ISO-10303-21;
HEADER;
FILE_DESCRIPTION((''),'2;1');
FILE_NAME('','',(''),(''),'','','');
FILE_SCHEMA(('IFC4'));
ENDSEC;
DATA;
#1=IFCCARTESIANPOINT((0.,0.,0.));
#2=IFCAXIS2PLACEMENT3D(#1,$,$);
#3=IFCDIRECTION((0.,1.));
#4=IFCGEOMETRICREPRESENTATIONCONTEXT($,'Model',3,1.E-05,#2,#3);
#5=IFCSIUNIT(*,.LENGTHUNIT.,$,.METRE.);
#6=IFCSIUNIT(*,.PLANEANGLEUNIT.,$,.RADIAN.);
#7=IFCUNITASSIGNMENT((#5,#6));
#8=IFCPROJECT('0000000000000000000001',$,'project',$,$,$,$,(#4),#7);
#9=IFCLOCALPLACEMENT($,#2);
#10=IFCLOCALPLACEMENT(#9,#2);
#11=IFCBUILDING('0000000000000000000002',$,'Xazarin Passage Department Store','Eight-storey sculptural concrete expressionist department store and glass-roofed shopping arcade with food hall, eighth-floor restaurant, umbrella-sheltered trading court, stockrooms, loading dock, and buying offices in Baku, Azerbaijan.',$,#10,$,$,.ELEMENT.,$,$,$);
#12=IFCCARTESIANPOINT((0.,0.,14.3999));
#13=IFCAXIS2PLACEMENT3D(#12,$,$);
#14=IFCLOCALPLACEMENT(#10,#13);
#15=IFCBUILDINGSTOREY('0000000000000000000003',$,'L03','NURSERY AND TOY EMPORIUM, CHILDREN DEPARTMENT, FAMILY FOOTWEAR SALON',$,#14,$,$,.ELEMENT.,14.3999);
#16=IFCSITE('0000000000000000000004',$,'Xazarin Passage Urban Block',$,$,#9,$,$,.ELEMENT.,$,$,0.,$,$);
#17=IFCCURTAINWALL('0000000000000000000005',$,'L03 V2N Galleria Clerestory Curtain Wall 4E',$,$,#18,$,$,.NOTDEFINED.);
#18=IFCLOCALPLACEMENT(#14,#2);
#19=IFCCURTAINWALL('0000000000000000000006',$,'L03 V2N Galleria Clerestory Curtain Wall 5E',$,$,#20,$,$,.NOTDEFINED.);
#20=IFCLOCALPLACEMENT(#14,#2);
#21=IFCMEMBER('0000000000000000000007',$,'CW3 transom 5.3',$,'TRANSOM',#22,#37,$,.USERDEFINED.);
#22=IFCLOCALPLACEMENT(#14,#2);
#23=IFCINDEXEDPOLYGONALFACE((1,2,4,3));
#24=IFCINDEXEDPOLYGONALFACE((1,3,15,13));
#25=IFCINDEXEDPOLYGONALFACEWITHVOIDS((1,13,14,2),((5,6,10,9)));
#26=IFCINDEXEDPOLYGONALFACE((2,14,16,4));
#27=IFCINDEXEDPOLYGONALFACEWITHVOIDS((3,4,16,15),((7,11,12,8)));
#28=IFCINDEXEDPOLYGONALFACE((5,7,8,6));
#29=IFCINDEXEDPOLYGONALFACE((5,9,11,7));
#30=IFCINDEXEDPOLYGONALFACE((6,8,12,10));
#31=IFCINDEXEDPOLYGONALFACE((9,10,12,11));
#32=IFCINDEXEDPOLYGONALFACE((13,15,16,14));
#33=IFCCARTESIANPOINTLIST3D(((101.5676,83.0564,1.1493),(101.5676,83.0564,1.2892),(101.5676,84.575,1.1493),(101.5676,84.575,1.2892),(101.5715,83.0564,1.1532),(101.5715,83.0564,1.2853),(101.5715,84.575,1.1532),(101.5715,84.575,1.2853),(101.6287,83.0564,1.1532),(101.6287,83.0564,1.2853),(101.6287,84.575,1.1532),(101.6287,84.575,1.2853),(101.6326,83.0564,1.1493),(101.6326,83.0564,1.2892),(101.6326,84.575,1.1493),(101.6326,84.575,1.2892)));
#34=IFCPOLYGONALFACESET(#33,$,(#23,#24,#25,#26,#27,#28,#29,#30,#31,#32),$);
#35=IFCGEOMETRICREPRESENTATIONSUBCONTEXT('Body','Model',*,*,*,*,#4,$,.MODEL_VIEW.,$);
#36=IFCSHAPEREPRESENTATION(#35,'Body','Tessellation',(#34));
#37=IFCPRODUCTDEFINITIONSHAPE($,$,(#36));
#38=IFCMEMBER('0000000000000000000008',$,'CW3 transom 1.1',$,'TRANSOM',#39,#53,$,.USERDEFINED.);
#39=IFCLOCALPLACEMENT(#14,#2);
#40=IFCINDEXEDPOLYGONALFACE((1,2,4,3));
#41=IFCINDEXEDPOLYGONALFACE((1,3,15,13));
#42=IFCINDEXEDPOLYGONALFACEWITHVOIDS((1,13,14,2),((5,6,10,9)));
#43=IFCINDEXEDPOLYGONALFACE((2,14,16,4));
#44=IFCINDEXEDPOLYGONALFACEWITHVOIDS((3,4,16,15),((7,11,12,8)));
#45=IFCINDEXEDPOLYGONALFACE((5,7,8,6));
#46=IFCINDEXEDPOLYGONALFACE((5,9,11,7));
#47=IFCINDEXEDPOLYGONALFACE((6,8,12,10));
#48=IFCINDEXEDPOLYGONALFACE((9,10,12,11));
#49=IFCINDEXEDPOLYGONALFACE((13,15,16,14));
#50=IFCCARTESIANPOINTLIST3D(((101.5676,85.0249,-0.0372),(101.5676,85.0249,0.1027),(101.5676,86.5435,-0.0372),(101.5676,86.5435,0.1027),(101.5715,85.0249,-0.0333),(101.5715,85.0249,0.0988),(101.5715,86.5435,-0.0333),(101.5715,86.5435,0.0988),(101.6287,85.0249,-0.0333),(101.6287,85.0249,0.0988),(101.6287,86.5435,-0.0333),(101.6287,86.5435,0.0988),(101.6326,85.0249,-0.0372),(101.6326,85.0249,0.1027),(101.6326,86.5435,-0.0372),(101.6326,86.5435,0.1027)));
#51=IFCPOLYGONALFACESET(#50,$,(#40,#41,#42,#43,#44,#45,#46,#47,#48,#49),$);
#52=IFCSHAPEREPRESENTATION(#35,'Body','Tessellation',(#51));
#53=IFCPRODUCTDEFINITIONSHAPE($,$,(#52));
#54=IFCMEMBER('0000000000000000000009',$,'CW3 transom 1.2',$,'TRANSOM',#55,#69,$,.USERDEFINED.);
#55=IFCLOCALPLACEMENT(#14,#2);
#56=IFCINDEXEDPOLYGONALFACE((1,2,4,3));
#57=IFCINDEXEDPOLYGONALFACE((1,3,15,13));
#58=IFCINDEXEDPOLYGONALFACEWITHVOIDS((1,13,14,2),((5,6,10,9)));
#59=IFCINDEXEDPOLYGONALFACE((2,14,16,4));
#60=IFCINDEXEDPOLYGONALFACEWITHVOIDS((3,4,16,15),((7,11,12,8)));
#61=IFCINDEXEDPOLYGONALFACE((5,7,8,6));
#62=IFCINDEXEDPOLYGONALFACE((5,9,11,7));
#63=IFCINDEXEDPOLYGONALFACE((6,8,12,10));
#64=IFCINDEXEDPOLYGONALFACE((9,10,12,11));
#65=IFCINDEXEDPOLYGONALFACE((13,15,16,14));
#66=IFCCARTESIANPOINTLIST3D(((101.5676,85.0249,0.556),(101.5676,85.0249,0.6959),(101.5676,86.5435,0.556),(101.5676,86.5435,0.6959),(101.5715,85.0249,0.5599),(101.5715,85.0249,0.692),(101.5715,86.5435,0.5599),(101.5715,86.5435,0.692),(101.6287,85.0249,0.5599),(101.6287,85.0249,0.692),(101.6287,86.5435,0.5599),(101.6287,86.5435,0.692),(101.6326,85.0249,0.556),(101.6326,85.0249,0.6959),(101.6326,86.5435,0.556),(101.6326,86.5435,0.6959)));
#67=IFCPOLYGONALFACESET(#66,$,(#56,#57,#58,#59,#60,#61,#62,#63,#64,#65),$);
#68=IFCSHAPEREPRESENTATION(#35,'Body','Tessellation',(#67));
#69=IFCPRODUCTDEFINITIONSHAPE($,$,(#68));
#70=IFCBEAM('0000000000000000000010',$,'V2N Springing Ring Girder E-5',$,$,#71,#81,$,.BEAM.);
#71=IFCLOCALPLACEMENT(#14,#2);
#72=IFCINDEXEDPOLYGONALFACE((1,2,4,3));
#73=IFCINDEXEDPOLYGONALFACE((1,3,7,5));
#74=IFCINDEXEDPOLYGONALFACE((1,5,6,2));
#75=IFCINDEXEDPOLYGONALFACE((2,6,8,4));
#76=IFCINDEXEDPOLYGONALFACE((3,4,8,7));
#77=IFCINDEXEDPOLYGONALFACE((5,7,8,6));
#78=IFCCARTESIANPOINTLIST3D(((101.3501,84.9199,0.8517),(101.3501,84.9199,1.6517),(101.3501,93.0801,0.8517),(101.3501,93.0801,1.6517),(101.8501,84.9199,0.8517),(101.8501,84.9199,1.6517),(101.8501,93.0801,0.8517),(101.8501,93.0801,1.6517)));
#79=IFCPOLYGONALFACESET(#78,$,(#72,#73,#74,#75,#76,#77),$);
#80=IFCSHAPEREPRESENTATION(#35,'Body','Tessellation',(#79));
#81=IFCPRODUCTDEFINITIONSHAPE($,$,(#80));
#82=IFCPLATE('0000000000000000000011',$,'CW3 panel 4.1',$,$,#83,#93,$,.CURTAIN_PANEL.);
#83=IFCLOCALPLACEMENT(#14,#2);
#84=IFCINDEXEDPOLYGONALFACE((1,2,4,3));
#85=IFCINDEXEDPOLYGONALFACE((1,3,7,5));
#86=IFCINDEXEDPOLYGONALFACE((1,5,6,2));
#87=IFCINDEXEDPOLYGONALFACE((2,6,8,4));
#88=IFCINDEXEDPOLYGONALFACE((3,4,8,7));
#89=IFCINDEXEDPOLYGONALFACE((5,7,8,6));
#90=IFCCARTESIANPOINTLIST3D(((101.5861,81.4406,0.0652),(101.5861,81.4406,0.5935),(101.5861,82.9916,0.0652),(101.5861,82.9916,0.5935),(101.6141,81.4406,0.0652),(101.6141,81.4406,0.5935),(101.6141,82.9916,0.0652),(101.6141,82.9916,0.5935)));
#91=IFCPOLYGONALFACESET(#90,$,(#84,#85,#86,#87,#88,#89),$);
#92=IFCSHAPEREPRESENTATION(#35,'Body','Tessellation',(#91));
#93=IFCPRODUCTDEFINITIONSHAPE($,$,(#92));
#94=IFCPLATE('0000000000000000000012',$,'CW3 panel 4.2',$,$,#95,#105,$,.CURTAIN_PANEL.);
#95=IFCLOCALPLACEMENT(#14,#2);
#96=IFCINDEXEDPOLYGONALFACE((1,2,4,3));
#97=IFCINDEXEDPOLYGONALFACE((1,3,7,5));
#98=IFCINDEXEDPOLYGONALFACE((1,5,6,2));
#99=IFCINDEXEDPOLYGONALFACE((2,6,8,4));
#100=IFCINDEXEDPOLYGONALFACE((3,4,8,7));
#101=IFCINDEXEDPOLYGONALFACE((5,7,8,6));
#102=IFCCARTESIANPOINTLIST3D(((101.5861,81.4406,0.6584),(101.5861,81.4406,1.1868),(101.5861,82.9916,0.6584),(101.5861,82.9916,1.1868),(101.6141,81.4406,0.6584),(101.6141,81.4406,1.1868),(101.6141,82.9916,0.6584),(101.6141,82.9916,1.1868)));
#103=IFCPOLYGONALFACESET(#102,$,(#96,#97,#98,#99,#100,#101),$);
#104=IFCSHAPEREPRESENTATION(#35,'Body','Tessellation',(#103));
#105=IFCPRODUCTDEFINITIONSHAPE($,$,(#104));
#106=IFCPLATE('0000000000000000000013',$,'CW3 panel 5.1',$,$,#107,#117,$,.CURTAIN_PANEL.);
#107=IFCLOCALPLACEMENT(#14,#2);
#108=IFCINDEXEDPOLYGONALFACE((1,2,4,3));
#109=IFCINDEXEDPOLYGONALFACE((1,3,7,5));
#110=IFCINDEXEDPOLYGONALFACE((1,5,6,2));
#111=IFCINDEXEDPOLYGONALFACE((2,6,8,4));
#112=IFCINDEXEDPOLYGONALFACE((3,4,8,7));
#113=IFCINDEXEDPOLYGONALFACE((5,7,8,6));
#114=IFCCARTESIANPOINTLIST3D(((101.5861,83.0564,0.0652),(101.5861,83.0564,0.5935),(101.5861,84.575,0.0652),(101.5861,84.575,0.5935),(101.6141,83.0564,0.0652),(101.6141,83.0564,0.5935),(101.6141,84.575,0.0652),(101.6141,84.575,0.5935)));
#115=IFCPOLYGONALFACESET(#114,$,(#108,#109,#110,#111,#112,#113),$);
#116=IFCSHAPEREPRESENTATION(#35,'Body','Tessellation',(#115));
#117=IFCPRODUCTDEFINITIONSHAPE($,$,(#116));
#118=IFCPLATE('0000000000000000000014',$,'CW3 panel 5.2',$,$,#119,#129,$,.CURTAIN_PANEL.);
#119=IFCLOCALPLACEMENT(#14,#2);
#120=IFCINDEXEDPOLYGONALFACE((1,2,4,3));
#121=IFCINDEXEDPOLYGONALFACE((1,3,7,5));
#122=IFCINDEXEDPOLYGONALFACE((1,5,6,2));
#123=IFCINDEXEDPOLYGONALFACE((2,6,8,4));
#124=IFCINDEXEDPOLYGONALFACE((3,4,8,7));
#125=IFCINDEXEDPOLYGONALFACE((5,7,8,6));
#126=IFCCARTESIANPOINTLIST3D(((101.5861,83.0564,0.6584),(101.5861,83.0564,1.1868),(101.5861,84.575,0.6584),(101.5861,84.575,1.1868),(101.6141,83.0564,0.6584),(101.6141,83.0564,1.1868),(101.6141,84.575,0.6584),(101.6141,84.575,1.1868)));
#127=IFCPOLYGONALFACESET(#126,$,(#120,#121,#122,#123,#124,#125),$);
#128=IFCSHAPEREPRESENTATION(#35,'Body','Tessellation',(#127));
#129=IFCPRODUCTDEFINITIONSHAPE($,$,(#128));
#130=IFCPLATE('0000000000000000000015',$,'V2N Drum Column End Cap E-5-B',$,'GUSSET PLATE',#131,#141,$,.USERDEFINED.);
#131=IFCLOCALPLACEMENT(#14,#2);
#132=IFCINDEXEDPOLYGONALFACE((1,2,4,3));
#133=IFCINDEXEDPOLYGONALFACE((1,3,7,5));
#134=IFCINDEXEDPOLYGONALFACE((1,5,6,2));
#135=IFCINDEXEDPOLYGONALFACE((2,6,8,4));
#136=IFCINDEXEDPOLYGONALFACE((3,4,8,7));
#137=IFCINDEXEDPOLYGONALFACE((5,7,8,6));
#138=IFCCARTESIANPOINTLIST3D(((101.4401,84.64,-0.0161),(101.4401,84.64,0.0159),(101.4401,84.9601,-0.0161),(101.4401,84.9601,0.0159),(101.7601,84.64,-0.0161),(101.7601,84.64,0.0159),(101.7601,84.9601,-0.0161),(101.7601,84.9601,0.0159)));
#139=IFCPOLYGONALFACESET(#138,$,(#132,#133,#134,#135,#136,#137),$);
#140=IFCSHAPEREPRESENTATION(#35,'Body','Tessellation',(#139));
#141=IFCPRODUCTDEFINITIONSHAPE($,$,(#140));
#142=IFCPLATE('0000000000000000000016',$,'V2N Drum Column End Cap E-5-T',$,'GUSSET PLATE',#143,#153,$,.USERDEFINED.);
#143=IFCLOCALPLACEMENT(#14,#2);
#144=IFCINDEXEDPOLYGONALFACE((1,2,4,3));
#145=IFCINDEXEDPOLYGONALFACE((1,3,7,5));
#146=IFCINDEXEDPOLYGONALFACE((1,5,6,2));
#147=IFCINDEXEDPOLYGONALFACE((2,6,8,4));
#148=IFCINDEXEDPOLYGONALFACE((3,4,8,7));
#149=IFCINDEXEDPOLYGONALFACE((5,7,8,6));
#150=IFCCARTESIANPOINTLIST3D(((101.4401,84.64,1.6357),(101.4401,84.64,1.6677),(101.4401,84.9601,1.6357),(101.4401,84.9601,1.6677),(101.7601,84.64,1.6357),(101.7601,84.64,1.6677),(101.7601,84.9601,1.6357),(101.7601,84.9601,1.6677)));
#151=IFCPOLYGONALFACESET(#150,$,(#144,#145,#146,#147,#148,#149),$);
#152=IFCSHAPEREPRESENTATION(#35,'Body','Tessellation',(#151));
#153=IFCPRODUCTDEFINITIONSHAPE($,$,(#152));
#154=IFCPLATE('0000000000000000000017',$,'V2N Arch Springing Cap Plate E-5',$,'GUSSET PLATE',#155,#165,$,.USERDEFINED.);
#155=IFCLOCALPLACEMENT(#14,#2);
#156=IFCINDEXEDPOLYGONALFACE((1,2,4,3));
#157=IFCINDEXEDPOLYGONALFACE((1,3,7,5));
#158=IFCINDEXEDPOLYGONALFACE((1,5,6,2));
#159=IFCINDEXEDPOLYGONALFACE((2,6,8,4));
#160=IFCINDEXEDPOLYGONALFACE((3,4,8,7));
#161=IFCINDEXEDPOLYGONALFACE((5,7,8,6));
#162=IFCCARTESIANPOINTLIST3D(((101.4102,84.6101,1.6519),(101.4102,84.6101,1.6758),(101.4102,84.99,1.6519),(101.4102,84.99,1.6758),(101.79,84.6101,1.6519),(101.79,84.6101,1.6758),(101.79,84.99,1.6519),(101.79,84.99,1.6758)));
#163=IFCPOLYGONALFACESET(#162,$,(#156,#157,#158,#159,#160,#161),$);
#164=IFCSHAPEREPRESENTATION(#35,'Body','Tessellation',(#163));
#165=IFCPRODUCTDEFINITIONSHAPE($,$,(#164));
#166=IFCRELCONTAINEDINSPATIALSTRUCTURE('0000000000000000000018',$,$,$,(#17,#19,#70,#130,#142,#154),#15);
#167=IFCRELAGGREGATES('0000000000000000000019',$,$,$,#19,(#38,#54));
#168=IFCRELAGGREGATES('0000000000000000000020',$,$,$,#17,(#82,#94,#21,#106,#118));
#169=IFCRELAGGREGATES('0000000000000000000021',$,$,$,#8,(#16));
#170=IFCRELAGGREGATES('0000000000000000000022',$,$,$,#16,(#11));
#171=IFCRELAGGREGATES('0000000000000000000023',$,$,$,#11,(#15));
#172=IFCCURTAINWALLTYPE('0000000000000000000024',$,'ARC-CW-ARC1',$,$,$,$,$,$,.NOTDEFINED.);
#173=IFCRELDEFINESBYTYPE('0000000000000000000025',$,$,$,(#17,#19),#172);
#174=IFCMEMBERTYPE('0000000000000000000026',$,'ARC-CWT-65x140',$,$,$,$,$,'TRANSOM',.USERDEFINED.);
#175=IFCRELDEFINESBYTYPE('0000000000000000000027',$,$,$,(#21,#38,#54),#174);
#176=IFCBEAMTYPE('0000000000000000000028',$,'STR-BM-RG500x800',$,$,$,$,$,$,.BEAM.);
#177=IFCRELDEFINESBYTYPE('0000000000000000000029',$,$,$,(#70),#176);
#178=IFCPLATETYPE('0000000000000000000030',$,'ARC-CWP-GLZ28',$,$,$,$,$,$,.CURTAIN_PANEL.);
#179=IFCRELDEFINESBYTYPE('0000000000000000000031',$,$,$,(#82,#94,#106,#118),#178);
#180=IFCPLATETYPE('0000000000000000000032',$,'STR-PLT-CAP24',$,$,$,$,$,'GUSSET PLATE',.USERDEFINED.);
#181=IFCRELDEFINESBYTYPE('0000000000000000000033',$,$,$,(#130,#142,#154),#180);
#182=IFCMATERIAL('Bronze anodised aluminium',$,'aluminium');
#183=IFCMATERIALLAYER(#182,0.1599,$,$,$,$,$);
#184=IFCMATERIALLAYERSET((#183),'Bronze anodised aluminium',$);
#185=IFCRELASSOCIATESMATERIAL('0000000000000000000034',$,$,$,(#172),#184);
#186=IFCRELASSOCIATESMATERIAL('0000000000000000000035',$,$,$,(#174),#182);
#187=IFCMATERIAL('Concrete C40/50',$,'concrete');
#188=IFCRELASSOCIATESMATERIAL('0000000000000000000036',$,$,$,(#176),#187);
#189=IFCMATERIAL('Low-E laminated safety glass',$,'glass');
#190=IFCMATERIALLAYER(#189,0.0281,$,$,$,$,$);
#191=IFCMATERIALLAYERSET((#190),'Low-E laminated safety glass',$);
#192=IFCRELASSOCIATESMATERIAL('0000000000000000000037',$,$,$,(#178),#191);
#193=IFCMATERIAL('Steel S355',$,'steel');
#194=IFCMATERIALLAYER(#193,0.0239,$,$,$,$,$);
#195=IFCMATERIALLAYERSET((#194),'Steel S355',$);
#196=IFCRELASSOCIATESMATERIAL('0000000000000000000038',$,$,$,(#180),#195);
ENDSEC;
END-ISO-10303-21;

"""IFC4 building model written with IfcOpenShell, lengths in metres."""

from ifc_helpers import new_model, si_unit, direction, frame, origin, origin_2d, place, context, subcontext, project, spatial, rectangle, hollow_rectangle, extrude, material, layer, layer_set, material_profile, profile_set, type_object, element, aggregate, save


model = new_model("IFC4")

# Units and contexts
model_context = context("Model", 3, precision=1e-05, world=origin(), true_north=direction((0.0, 1.0)))
body_context = subcontext(model_context, "Body", "Model", "MODEL_VIEW")
ifc_project = project(units=[si_unit("LENGTHUNIT", "METRE"), si_unit("PLANEANGLEUNIT", "RADIAN")], contexts=[model_context])

# Site, building, storey
site_placement = place(None, origin())
site = spatial("IfcSite", under=ifc_project, at=site_placement, Name="Xazarin Passage Urban Block", CompositionType="ELEMENT", RefElevation=0.0)
building_placement = place(site_placement, origin())
building = spatial("IfcBuilding", under=site, at=building_placement, Name="Xazarin Passage Department Store", Description="Eight-storey sculptural concrete expressionist department store and glass-roofed shopping arcade with food hall, eighth-floor restaurant, umbrella-sheltered trading court, stockrooms, loading dock, and buying offices in Baku, Azerbaijan.", CompositionType="ELEMENT")
storey_placement = place(building_placement, frame((0.0, 0.0, 14.3999)))
storey = spatial("IfcBuildingStorey", under=building, at=storey_placement, Name="L03", Description="NURSERY AND TOY EMPORIUM, CHILDREN DEPARTMENT, FAMILY FOOTWEAR SALON", CompositionType="ELEMENT", Elevation=14.3999)

# Shared definitions
ifc_material_1 = material(Name="Steel S355", Category="steel")

# Curtain wall
ifc_material_2 = material(Name="Bronze anodised aluminium", Category="aluminium")
ifc_layer_1 = layer(ifc_material_2, 0.1599)
ifc_layer_set_1 = layer_set([ifc_layer_1], Name="Bronze anodised aluminium")
curtain_wall_type = type_object("IfcCurtainWallType", Name="ARC-CW-ARC1", PredefinedType="NOTDEFINED", material=ifc_layer_set_1)
curtain_wall_1_placement = place(storey_placement, origin())
curtain_wall_1 = element("IfcCurtainWall", 1, at=curtain_wall_1_placement, inside=storey, type_object=curtain_wall_type, Name="L03 V2N Galleria Clerestory Curtain Wall 4E", PredefinedType="NOTDEFINED")

# Curtain wall
curtain_wall_2_placement = place(storey_placement, origin())
curtain_wall_2 = element("IfcCurtainWall", 2, at=curtain_wall_2_placement, inside=storey, type_object=curtain_wall_type, Name="L03 V2N Galleria Clerestory Curtain Wall 5E", PredefinedType="NOTDEFINED")

# Members
ifc_material_profile_1 = material_profile(ifc_material_2, hollow_rectangle(XDim=0.0649, YDim=0.1399, WallThickness=0.0039, at=origin_2d()), Name="ALU 65x140")
ifc_profile_set_1 = profile_set([ifc_material_profile_1], Name="Bronze anodised aluminium")
member_type_1 = type_object("IfcMemberType", Name="ARC-CWT-65x140", ElementType="TRANSOM", PredefinedType="USERDEFINED", material=ifc_profile_set_1)
member_1_placement = place(storey_placement, frame((101.6001, 83.0564, 1.2192), z_axis=(0.0, 1.0, 0.0), x_axis=(-1.0, 0.0, 0.0)))
member_1 = element("IfcMember", 3, at=member_1_placement, type_object=member_type_1, Name="CW3 transom 5.3", ObjectType="TRANSOM", PredefinedType="USERDEFINED", context=body_context, shape_type="SweptSolid", body=[
    extrude(hollow_rectangle(XDim=0.0649, YDim=0.1399, WallThickness=0.0039, at=origin_2d()), origin(), (0.0, 0.0, 1.0), 1.5186),
])
member_2_placement = place(storey_placement, frame((101.6001, 85.0249, 0.0327), z_axis=(0.0, 1.0, 0.0), x_axis=(-1.0, 0.0, 0.0)))
member_2 = element("IfcMember", 4, at=member_2_placement, type_object=member_type_1, Name="CW3 transom 1.1", ObjectType="TRANSOM", PredefinedType="USERDEFINED", context=body_context, shape_type="SweptSolid", body=[
    extrude(hollow_rectangle(XDim=0.0649, YDim=0.1399, WallThickness=0.0039, at=origin_2d()), origin(), (0.0, 0.0, 1.0), 1.5186),
])
member_3_placement = place(storey_placement, frame((101.6001, 85.0249, 0.626), z_axis=(0.0, 1.0, 0.0), x_axis=(-1.0, 0.0, 0.0)))
member_3 = element("IfcMember", 5, at=member_3_placement, type_object=member_type_1, Name="CW3 transom 1.2", ObjectType="TRANSOM", PredefinedType="USERDEFINED", context=body_context, shape_type="SweptSolid", body=[
    extrude(hollow_rectangle(XDim=0.0649, YDim=0.1399, WallThickness=0.0039, at=origin_2d()), origin(), (0.0, 0.0, 1.0), 1.5186),
])
aggregate(curtain_wall_2, [member_2, member_3])

# Beam
ifc_material_3 = material(Name="Concrete C40/50", Category="concrete")
ifc_material_profile_2 = material_profile(ifc_material_3, rectangle(XDim=0.5, YDim=0.8, at=origin_2d()), Name="RC 500x800")
ifc_profile_set_2 = profile_set([ifc_material_profile_2], Name="Concrete C40/50")
beam_type = type_object("IfcBeamType", Name="STR-BM-RG500x800", PredefinedType="BEAM", material=ifc_profile_set_2)
beam_placement = place(storey_placement, frame((101.6001, 84.9199, 1.2517), z_axis=(0.0, 1.0, 0.0), x_axis=(-1.0, 0.0, 0.0)))
element("IfcBeam", 6, at=beam_placement, inside=storey, type_object=beam_type, Name="V2N Springing Ring Girder E-5", PredefinedType="BEAM", context=body_context, shape_type="SweptSolid", body=[
    extrude(rectangle(XDim=0.5, YDim=0.8, at=origin_2d()), origin(), (0.0, 0.0, 1.0), 8.1602),
])

# Plates
ifc_material_4 = material(Name="Low-E laminated safety glass", Category="glass")
ifc_layer_2 = layer(ifc_material_4, 0.0281)
ifc_layer_set_2 = layer_set([ifc_layer_2], Name="Low-E laminated safety glass")
plate_type_1 = type_object("IfcPlateType", Name="ARC-CWP-GLZ28", PredefinedType="CURTAIN_PANEL", material=ifc_layer_set_2)
plate_1_placement = place(storey_placement, frame((101.6001, 82.2161, 0.0652), z_axis=(0.0, 0.0, 1.0), x_axis=(0.0, 1.0, 0.0)))
plate_1 = element("IfcPlate", 7, at=plate_1_placement, type_object=plate_type_1, Name="CW3 panel 4.1", PredefinedType="CURTAIN_PANEL", context=body_context, shape_type="SweptSolid", body=[
    extrude(rectangle(XDim=1.551, YDim=0.0281, at=origin_2d()), origin(), (0.0, 0.0, 1.0), 0.5283),
])
plate_2_placement = place(storey_placement, frame((101.6001, 82.2161, 0.6584), z_axis=(0.0, 0.0, 1.0), x_axis=(0.0, 1.0, 0.0)))
plate_2 = element("IfcPlate", 8, at=plate_2_placement, type_object=plate_type_1, Name="CW3 panel 4.2", PredefinedType="CURTAIN_PANEL", context=body_context, shape_type="SweptSolid", body=[
    extrude(rectangle(XDim=1.551, YDim=0.0281, at=origin_2d()), origin(), (0.0, 0.0, 1.0), 0.5283),
])
plate_3_placement = place(storey_placement, frame((101.6001, 83.8157, 0.0652), z_axis=(0.0, 0.0, 1.0), x_axis=(0.0, 1.0, 0.0)))
plate_3 = element("IfcPlate", 9, at=plate_3_placement, type_object=plate_type_1, Name="CW3 panel 5.1", PredefinedType="CURTAIN_PANEL", context=body_context, shape_type="SweptSolid", body=[
    extrude(rectangle(XDim=1.5186, YDim=0.0281, at=origin_2d()), origin(), (0.0, 0.0, 1.0), 0.5283),
])
plate_4_placement = place(storey_placement, frame((101.6001, 83.8157, 0.6584), z_axis=(0.0, 0.0, 1.0), x_axis=(0.0, 1.0, 0.0)))
plate_4 = element("IfcPlate", 10, at=plate_4_placement, type_object=plate_type_1, Name="CW3 panel 5.2", PredefinedType="CURTAIN_PANEL", context=body_context, shape_type="SweptSolid", body=[
    extrude(rectangle(XDim=1.5186, YDim=0.0281, at=origin_2d()), origin(), (0.0, 0.0, 1.0), 0.5283),
])
aggregate(curtain_wall_1, [plate_1, plate_2, member_1, plate_3, plate_4])

# Plates
ifc_layer_3 = layer(ifc_material_1, 0.0239)
ifc_layer_set_3 = layer_set([ifc_layer_3], Name="Steel S355")
plate_type_2 = type_object("IfcPlateType", Name="STR-PLT-CAP24", ElementType="GUSSET PLATE", PredefinedType="USERDEFINED", material=ifc_layer_set_3)
for number, where, z_axis, x_axis, name in (
    (11, (101.6001, 84.8, -0.0161), (0.0, 0.0, 1.0), (1.0, 0.0, 0.0), "V2N Drum Column End Cap E-5-B"),
    (12, (101.6001, 84.8, 1.6357), (0.0, 0.0, 1.0), (1.0, 0.0, 0.0), "V2N Drum Column End Cap E-5-T"),
):
    element("IfcPlate", number, at=place(storey_placement, frame(where, z_axis=z_axis, x_axis=x_axis)), inside=storey, type_object=plate_type_2, Name=name, ObjectType="GUSSET PLATE", PredefinedType="USERDEFINED", context=body_context, shape_type="SweptSolid", body=[
        extrude(rectangle(XDim=0.3201, YDim=0.3201, at=origin_2d()), origin(), (0.0, 0.0, 1.0), 0.032),
    ])
plate_5_placement = place(storey_placement, frame((101.6001, 84.8, 1.6519), z_axis=(0.0, 0.0, 1.0), x_axis=(1.0, 0.0, 0.0)))
element("IfcPlate", 13, at=plate_5_placement, inside=storey, type_object=plate_type_2, Name="V2N Arch Springing Cap Plate E-5", ObjectType="GUSSET PLATE", PredefinedType="USERDEFINED", context=body_context, shape_type="SweptSolid", body=[
    extrude(rectangle(XDim=0.3799, YDim=0.3799, at=origin_2d()), origin(), (0.0, 0.0, 1.0), 0.0239),
])

save(model, "model.ifc")
